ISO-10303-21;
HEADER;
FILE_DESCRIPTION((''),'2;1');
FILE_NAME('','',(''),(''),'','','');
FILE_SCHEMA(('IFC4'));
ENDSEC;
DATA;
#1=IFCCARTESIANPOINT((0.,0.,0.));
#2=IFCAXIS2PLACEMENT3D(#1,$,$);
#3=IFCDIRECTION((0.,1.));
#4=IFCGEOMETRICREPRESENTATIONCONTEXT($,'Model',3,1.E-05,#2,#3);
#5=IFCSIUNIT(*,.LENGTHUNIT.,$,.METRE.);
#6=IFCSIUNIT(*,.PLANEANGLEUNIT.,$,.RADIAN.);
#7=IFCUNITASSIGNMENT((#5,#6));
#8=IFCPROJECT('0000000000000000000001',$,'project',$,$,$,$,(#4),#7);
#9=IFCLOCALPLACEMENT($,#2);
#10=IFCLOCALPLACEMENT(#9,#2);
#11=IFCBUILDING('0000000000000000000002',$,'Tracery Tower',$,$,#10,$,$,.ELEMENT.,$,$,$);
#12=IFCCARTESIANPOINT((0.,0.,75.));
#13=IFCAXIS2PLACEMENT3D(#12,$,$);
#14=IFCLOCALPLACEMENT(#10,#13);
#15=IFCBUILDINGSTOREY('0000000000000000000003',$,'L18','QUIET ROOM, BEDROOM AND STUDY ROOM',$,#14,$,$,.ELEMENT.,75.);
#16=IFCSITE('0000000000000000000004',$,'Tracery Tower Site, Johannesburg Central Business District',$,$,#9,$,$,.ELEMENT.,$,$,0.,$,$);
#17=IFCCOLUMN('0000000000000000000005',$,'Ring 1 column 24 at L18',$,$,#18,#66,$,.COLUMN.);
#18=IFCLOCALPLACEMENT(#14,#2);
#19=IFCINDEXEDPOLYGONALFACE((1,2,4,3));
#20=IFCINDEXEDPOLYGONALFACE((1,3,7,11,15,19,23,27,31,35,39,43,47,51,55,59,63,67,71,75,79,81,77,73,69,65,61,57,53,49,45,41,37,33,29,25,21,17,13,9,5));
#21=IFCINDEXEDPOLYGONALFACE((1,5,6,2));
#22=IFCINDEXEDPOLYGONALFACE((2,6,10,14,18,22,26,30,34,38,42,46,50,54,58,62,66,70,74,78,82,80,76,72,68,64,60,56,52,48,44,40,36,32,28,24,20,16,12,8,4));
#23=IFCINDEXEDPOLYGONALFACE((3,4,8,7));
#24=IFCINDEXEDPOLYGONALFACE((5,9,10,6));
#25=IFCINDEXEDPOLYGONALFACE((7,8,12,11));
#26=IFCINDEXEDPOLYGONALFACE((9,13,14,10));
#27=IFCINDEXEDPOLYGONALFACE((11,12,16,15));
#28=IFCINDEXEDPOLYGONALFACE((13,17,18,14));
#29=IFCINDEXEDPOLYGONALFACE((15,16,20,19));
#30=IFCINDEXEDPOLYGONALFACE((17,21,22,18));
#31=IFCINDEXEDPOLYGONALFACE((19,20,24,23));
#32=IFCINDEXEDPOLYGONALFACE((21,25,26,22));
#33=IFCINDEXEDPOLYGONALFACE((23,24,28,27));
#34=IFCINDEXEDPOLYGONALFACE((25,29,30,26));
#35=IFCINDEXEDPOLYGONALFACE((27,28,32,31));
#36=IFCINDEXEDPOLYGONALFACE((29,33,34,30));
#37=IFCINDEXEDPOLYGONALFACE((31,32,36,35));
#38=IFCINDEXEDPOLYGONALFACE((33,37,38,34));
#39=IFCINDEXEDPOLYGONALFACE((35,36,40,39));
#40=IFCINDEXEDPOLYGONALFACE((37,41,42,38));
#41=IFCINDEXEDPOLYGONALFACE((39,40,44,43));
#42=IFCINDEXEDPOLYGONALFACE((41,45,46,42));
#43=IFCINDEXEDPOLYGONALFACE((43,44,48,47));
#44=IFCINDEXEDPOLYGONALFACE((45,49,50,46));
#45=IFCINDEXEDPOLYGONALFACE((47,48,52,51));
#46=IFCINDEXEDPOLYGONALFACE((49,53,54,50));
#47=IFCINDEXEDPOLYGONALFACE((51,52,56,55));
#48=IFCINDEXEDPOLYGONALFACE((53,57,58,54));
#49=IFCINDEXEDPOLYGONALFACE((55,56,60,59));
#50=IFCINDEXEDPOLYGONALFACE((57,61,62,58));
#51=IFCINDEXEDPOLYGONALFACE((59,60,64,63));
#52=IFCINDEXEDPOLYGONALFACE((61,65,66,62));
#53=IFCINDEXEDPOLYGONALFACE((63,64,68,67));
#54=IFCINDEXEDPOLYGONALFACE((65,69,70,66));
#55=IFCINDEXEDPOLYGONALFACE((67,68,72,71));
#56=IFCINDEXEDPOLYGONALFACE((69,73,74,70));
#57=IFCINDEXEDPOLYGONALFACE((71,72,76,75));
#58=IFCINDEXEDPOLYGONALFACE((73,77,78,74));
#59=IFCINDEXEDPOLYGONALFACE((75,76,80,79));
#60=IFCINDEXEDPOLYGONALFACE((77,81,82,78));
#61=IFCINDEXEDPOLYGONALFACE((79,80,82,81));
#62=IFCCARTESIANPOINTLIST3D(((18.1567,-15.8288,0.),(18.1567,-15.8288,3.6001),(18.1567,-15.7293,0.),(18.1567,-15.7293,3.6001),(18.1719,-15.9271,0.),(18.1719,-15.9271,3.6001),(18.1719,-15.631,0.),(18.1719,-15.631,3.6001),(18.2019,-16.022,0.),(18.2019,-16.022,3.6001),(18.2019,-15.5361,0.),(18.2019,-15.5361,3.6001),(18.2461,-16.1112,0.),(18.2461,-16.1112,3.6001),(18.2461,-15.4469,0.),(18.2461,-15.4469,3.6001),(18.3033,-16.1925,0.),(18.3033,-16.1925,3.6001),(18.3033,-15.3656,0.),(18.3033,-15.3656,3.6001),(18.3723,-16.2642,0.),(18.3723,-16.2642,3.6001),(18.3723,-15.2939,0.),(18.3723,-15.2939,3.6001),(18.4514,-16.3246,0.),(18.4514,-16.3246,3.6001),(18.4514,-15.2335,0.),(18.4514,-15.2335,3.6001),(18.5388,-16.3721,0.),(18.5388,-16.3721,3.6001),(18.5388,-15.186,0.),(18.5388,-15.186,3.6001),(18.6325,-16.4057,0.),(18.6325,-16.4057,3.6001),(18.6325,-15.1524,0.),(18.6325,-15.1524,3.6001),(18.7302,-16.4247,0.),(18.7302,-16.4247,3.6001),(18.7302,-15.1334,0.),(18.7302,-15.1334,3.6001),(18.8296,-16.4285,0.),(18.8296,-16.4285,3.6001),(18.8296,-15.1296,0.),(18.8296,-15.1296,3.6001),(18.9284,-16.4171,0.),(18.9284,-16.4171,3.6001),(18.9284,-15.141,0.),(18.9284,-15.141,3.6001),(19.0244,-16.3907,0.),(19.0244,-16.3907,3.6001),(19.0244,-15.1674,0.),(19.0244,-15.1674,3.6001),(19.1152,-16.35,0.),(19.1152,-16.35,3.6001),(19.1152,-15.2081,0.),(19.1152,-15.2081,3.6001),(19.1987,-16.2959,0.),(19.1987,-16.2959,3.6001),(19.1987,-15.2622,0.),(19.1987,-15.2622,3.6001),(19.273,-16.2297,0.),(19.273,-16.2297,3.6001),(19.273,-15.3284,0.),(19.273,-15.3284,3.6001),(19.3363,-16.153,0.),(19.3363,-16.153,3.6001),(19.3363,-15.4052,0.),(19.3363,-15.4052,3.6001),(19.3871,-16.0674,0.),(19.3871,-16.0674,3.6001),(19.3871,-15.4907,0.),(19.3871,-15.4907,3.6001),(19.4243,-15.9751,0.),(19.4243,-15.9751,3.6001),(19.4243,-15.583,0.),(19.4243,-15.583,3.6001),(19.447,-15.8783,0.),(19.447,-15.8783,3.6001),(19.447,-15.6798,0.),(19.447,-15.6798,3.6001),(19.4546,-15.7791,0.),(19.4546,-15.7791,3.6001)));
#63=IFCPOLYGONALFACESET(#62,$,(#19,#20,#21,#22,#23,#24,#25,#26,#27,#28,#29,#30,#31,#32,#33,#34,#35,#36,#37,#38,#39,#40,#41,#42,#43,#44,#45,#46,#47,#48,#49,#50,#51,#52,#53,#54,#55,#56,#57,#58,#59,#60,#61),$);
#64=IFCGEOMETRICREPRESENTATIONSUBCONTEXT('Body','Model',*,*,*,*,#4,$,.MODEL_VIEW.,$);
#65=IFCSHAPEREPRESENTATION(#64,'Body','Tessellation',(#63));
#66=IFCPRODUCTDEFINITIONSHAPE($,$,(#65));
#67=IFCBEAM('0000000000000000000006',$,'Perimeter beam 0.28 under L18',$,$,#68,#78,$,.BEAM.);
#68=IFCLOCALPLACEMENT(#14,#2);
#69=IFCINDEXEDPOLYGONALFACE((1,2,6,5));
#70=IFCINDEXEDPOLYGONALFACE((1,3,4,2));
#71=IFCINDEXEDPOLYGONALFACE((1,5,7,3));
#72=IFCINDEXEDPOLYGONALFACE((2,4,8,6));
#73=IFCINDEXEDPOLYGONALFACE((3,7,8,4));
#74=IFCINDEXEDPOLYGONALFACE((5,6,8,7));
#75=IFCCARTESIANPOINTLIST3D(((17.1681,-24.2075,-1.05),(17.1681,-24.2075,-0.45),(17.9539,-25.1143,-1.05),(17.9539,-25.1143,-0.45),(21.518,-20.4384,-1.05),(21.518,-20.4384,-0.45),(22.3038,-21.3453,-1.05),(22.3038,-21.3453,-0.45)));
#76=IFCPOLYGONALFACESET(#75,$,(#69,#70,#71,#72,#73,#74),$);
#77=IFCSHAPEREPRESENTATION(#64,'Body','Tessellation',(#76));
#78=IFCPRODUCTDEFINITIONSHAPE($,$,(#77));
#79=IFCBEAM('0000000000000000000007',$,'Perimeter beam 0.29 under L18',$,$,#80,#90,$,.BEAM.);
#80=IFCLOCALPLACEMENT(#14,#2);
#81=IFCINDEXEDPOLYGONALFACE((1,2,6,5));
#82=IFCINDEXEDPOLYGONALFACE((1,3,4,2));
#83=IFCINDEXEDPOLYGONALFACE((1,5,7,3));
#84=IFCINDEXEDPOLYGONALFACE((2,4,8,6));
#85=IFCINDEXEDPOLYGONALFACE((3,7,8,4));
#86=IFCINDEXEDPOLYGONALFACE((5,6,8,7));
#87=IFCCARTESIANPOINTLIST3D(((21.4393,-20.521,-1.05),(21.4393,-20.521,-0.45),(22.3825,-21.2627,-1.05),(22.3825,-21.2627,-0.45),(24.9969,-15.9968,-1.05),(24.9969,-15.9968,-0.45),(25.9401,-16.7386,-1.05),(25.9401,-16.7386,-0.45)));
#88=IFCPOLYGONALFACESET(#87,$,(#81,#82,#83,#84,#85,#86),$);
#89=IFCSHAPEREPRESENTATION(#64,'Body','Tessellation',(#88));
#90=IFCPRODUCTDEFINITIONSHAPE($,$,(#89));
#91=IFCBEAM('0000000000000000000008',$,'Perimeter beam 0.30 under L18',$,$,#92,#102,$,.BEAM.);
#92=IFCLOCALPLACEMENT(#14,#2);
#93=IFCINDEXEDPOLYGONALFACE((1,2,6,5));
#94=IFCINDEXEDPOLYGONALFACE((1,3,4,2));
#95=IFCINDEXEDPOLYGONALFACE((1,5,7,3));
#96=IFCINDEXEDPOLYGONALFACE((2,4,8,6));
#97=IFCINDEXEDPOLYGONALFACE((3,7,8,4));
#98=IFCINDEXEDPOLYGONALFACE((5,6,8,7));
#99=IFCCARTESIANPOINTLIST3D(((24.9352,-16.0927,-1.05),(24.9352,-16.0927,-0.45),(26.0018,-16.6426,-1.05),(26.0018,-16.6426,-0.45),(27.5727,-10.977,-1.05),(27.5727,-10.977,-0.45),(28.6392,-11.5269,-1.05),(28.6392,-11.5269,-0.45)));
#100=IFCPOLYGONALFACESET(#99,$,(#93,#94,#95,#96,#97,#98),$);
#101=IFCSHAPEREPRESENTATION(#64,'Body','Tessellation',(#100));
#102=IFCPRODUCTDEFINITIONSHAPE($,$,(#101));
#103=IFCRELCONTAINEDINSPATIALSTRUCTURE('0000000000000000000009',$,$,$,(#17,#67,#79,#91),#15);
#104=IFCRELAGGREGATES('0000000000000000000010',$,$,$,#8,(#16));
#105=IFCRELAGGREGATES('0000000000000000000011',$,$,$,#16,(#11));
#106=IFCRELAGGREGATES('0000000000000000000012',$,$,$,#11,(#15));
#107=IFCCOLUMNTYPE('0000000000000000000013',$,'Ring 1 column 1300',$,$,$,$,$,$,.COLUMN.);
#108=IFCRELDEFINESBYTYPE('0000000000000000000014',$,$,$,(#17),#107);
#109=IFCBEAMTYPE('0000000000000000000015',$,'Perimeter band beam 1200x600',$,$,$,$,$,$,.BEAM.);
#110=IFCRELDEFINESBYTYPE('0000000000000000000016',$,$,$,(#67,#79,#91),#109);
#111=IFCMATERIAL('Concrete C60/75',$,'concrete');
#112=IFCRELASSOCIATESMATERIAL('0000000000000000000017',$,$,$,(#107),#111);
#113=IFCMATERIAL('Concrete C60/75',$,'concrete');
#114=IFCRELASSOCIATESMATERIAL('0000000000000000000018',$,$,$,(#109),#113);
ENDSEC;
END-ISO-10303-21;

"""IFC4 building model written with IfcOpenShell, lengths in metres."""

from ifc_helpers import new_model, si_unit, direction, frame, origin, origin_2d, place, context, subcontext, project, spatial, rectangle, circle, extrude, material, material_profile, profile_set, type_object, element, save


model = new_model("IFC4")

# Units and contexts
model_context = context("Model", 3, precision=1e-05, world=origin(), true_north=direction((0.0, 1.0)))
body_context = subcontext(model_context, "Body", "Model", "MODEL_VIEW")
ifc_project = project(units=[si_unit("LENGTHUNIT", "METRE"), si_unit("PLANEANGLEUNIT", "RADIAN")], contexts=[model_context])

# Site, building, storey
site_placement = place(None, origin())
site = spatial("IfcSite", under=ifc_project, at=site_placement, Name="Tracery Tower Site, Johannesburg Central Business District", CompositionType="ELEMENT", RefElevation=0.0)
building_placement = place(site_placement, origin())
building = spatial("IfcBuilding", under=site, at=building_placement, Name="Tracery Tower", CompositionType="ELEMENT")
storey_placement = place(building_placement, frame((0.0, 0.0, 75.0)))
storey = spatial("IfcBuildingStorey", under=building, at=storey_placement, Name="L18", Description="QUIET ROOM, BEDROOM AND STUDY ROOM", CompositionType="ELEMENT", Elevation=75.0)

# Column
ifc_material_1 = material(Name="Concrete C60/75", Category="concrete")
ifc_material_profile_1 = material_profile(ifc_material_1, circle(Radius=0.6499, at=origin_2d()), Name="RC D1300")
ifc_profile_set_1 = profile_set([ifc_material_profile_1], Name="Concrete C60/75")
column_type_1 = type_object("IfcColumnType", Name="Ring 1 column 1300", PredefinedType="COLUMN", material=ifc_profile_set_1)
for number, where, z_axis, x_axis, name in (
    (1, (18.8047, -15.7791, 0.0), (0.0, 0.0, 1.0), (1.0, 0.0, 0.0), "Ring 1 column 24 at L18"),
):
    element("IfcColumn", number, at=place(storey_placement, frame(where, z_axis=z_axis, x_axis=x_axis)), inside=storey, type_object=column_type_1, Name=name, PredefinedType="COLUMN", context=body_context, shape_type="SweptSolid", body=[
        extrude(circle(Radius=0.6499, at=origin_2d()), origin(), (0.0, 0.0, 1.0), 3.6001),
    ])

# Beams
ifc_material_2 = material(Name="Concrete C60/75", Category="concrete")
ifc_material_profile_2 = material_profile(ifc_material_2, rectangle(XDim=1.2, YDim=0.6001, at=origin_2d()), Name="RC 1200x600")
ifc_profile_set_2 = profile_set([ifc_material_profile_2], Name="Concrete C60/75")
beam_type = type_object("IfcBeamType", Name="Perimeter band beam 1200x600", PredefinedType="BEAM", material=ifc_profile_set_2)
beam_1_placement = place(storey_placement, frame((17.561, -24.6609, -0.75), z_axis=(0.75576, 0.654848, 0.0), x_axis=(-0.654848, 0.75576, 0.0)))
element("IfcBeam", 2, at=beam_1_placement, inside=storey, type_object=beam_type, Name="Perimeter beam 0.28 under L18", PredefinedType="BEAM", context=body_context, shape_type="SweptSolid", body=[
    extrude(rectangle(XDim=1.2, YDim=0.6001, at=origin_2d()), origin(), (0.0, 0.0, 1.0), 5.7556),
])
beam_2_placement = place(storey_placement, frame((21.9109, -20.8918, -0.75), z_axis=(0.618134, 0.786072, 0.0), x_axis=(-0.786072, 0.618134, 0.0)))
element("IfcBeam", 3, at=beam_2_placement, inside=storey, type_object=beam_type, Name="Perimeter beam 0.29 under L18", PredefinedType="BEAM", context=body_context, shape_type="SweptSolid", body=[
    extrude(rectangle(XDim=1.2, YDim=0.6001, at=origin_2d()), origin(), (0.0, 0.0, 1.0), 5.7554),
])
beam_3_placement = place(storey_placement, frame((25.4685, -16.3677, -0.75), z_axis=(0.458242, 0.888827, 0.0), x_axis=(-0.888827, 0.458242, 0.0)))
element("IfcBeam", 4, at=beam_3_placement, inside=storey, type_object=beam_type, Name="Perimeter beam 0.30 under L18", PredefinedType="BEAM", context=body_context, shape_type="SweptSolid", body=[
    extrude(rectangle(XDim=1.2, YDim=0.6001, at=origin_2d()), origin(), (0.0, 0.0, 1.0), 5.7556),
])

save(model, "model.ifc")
